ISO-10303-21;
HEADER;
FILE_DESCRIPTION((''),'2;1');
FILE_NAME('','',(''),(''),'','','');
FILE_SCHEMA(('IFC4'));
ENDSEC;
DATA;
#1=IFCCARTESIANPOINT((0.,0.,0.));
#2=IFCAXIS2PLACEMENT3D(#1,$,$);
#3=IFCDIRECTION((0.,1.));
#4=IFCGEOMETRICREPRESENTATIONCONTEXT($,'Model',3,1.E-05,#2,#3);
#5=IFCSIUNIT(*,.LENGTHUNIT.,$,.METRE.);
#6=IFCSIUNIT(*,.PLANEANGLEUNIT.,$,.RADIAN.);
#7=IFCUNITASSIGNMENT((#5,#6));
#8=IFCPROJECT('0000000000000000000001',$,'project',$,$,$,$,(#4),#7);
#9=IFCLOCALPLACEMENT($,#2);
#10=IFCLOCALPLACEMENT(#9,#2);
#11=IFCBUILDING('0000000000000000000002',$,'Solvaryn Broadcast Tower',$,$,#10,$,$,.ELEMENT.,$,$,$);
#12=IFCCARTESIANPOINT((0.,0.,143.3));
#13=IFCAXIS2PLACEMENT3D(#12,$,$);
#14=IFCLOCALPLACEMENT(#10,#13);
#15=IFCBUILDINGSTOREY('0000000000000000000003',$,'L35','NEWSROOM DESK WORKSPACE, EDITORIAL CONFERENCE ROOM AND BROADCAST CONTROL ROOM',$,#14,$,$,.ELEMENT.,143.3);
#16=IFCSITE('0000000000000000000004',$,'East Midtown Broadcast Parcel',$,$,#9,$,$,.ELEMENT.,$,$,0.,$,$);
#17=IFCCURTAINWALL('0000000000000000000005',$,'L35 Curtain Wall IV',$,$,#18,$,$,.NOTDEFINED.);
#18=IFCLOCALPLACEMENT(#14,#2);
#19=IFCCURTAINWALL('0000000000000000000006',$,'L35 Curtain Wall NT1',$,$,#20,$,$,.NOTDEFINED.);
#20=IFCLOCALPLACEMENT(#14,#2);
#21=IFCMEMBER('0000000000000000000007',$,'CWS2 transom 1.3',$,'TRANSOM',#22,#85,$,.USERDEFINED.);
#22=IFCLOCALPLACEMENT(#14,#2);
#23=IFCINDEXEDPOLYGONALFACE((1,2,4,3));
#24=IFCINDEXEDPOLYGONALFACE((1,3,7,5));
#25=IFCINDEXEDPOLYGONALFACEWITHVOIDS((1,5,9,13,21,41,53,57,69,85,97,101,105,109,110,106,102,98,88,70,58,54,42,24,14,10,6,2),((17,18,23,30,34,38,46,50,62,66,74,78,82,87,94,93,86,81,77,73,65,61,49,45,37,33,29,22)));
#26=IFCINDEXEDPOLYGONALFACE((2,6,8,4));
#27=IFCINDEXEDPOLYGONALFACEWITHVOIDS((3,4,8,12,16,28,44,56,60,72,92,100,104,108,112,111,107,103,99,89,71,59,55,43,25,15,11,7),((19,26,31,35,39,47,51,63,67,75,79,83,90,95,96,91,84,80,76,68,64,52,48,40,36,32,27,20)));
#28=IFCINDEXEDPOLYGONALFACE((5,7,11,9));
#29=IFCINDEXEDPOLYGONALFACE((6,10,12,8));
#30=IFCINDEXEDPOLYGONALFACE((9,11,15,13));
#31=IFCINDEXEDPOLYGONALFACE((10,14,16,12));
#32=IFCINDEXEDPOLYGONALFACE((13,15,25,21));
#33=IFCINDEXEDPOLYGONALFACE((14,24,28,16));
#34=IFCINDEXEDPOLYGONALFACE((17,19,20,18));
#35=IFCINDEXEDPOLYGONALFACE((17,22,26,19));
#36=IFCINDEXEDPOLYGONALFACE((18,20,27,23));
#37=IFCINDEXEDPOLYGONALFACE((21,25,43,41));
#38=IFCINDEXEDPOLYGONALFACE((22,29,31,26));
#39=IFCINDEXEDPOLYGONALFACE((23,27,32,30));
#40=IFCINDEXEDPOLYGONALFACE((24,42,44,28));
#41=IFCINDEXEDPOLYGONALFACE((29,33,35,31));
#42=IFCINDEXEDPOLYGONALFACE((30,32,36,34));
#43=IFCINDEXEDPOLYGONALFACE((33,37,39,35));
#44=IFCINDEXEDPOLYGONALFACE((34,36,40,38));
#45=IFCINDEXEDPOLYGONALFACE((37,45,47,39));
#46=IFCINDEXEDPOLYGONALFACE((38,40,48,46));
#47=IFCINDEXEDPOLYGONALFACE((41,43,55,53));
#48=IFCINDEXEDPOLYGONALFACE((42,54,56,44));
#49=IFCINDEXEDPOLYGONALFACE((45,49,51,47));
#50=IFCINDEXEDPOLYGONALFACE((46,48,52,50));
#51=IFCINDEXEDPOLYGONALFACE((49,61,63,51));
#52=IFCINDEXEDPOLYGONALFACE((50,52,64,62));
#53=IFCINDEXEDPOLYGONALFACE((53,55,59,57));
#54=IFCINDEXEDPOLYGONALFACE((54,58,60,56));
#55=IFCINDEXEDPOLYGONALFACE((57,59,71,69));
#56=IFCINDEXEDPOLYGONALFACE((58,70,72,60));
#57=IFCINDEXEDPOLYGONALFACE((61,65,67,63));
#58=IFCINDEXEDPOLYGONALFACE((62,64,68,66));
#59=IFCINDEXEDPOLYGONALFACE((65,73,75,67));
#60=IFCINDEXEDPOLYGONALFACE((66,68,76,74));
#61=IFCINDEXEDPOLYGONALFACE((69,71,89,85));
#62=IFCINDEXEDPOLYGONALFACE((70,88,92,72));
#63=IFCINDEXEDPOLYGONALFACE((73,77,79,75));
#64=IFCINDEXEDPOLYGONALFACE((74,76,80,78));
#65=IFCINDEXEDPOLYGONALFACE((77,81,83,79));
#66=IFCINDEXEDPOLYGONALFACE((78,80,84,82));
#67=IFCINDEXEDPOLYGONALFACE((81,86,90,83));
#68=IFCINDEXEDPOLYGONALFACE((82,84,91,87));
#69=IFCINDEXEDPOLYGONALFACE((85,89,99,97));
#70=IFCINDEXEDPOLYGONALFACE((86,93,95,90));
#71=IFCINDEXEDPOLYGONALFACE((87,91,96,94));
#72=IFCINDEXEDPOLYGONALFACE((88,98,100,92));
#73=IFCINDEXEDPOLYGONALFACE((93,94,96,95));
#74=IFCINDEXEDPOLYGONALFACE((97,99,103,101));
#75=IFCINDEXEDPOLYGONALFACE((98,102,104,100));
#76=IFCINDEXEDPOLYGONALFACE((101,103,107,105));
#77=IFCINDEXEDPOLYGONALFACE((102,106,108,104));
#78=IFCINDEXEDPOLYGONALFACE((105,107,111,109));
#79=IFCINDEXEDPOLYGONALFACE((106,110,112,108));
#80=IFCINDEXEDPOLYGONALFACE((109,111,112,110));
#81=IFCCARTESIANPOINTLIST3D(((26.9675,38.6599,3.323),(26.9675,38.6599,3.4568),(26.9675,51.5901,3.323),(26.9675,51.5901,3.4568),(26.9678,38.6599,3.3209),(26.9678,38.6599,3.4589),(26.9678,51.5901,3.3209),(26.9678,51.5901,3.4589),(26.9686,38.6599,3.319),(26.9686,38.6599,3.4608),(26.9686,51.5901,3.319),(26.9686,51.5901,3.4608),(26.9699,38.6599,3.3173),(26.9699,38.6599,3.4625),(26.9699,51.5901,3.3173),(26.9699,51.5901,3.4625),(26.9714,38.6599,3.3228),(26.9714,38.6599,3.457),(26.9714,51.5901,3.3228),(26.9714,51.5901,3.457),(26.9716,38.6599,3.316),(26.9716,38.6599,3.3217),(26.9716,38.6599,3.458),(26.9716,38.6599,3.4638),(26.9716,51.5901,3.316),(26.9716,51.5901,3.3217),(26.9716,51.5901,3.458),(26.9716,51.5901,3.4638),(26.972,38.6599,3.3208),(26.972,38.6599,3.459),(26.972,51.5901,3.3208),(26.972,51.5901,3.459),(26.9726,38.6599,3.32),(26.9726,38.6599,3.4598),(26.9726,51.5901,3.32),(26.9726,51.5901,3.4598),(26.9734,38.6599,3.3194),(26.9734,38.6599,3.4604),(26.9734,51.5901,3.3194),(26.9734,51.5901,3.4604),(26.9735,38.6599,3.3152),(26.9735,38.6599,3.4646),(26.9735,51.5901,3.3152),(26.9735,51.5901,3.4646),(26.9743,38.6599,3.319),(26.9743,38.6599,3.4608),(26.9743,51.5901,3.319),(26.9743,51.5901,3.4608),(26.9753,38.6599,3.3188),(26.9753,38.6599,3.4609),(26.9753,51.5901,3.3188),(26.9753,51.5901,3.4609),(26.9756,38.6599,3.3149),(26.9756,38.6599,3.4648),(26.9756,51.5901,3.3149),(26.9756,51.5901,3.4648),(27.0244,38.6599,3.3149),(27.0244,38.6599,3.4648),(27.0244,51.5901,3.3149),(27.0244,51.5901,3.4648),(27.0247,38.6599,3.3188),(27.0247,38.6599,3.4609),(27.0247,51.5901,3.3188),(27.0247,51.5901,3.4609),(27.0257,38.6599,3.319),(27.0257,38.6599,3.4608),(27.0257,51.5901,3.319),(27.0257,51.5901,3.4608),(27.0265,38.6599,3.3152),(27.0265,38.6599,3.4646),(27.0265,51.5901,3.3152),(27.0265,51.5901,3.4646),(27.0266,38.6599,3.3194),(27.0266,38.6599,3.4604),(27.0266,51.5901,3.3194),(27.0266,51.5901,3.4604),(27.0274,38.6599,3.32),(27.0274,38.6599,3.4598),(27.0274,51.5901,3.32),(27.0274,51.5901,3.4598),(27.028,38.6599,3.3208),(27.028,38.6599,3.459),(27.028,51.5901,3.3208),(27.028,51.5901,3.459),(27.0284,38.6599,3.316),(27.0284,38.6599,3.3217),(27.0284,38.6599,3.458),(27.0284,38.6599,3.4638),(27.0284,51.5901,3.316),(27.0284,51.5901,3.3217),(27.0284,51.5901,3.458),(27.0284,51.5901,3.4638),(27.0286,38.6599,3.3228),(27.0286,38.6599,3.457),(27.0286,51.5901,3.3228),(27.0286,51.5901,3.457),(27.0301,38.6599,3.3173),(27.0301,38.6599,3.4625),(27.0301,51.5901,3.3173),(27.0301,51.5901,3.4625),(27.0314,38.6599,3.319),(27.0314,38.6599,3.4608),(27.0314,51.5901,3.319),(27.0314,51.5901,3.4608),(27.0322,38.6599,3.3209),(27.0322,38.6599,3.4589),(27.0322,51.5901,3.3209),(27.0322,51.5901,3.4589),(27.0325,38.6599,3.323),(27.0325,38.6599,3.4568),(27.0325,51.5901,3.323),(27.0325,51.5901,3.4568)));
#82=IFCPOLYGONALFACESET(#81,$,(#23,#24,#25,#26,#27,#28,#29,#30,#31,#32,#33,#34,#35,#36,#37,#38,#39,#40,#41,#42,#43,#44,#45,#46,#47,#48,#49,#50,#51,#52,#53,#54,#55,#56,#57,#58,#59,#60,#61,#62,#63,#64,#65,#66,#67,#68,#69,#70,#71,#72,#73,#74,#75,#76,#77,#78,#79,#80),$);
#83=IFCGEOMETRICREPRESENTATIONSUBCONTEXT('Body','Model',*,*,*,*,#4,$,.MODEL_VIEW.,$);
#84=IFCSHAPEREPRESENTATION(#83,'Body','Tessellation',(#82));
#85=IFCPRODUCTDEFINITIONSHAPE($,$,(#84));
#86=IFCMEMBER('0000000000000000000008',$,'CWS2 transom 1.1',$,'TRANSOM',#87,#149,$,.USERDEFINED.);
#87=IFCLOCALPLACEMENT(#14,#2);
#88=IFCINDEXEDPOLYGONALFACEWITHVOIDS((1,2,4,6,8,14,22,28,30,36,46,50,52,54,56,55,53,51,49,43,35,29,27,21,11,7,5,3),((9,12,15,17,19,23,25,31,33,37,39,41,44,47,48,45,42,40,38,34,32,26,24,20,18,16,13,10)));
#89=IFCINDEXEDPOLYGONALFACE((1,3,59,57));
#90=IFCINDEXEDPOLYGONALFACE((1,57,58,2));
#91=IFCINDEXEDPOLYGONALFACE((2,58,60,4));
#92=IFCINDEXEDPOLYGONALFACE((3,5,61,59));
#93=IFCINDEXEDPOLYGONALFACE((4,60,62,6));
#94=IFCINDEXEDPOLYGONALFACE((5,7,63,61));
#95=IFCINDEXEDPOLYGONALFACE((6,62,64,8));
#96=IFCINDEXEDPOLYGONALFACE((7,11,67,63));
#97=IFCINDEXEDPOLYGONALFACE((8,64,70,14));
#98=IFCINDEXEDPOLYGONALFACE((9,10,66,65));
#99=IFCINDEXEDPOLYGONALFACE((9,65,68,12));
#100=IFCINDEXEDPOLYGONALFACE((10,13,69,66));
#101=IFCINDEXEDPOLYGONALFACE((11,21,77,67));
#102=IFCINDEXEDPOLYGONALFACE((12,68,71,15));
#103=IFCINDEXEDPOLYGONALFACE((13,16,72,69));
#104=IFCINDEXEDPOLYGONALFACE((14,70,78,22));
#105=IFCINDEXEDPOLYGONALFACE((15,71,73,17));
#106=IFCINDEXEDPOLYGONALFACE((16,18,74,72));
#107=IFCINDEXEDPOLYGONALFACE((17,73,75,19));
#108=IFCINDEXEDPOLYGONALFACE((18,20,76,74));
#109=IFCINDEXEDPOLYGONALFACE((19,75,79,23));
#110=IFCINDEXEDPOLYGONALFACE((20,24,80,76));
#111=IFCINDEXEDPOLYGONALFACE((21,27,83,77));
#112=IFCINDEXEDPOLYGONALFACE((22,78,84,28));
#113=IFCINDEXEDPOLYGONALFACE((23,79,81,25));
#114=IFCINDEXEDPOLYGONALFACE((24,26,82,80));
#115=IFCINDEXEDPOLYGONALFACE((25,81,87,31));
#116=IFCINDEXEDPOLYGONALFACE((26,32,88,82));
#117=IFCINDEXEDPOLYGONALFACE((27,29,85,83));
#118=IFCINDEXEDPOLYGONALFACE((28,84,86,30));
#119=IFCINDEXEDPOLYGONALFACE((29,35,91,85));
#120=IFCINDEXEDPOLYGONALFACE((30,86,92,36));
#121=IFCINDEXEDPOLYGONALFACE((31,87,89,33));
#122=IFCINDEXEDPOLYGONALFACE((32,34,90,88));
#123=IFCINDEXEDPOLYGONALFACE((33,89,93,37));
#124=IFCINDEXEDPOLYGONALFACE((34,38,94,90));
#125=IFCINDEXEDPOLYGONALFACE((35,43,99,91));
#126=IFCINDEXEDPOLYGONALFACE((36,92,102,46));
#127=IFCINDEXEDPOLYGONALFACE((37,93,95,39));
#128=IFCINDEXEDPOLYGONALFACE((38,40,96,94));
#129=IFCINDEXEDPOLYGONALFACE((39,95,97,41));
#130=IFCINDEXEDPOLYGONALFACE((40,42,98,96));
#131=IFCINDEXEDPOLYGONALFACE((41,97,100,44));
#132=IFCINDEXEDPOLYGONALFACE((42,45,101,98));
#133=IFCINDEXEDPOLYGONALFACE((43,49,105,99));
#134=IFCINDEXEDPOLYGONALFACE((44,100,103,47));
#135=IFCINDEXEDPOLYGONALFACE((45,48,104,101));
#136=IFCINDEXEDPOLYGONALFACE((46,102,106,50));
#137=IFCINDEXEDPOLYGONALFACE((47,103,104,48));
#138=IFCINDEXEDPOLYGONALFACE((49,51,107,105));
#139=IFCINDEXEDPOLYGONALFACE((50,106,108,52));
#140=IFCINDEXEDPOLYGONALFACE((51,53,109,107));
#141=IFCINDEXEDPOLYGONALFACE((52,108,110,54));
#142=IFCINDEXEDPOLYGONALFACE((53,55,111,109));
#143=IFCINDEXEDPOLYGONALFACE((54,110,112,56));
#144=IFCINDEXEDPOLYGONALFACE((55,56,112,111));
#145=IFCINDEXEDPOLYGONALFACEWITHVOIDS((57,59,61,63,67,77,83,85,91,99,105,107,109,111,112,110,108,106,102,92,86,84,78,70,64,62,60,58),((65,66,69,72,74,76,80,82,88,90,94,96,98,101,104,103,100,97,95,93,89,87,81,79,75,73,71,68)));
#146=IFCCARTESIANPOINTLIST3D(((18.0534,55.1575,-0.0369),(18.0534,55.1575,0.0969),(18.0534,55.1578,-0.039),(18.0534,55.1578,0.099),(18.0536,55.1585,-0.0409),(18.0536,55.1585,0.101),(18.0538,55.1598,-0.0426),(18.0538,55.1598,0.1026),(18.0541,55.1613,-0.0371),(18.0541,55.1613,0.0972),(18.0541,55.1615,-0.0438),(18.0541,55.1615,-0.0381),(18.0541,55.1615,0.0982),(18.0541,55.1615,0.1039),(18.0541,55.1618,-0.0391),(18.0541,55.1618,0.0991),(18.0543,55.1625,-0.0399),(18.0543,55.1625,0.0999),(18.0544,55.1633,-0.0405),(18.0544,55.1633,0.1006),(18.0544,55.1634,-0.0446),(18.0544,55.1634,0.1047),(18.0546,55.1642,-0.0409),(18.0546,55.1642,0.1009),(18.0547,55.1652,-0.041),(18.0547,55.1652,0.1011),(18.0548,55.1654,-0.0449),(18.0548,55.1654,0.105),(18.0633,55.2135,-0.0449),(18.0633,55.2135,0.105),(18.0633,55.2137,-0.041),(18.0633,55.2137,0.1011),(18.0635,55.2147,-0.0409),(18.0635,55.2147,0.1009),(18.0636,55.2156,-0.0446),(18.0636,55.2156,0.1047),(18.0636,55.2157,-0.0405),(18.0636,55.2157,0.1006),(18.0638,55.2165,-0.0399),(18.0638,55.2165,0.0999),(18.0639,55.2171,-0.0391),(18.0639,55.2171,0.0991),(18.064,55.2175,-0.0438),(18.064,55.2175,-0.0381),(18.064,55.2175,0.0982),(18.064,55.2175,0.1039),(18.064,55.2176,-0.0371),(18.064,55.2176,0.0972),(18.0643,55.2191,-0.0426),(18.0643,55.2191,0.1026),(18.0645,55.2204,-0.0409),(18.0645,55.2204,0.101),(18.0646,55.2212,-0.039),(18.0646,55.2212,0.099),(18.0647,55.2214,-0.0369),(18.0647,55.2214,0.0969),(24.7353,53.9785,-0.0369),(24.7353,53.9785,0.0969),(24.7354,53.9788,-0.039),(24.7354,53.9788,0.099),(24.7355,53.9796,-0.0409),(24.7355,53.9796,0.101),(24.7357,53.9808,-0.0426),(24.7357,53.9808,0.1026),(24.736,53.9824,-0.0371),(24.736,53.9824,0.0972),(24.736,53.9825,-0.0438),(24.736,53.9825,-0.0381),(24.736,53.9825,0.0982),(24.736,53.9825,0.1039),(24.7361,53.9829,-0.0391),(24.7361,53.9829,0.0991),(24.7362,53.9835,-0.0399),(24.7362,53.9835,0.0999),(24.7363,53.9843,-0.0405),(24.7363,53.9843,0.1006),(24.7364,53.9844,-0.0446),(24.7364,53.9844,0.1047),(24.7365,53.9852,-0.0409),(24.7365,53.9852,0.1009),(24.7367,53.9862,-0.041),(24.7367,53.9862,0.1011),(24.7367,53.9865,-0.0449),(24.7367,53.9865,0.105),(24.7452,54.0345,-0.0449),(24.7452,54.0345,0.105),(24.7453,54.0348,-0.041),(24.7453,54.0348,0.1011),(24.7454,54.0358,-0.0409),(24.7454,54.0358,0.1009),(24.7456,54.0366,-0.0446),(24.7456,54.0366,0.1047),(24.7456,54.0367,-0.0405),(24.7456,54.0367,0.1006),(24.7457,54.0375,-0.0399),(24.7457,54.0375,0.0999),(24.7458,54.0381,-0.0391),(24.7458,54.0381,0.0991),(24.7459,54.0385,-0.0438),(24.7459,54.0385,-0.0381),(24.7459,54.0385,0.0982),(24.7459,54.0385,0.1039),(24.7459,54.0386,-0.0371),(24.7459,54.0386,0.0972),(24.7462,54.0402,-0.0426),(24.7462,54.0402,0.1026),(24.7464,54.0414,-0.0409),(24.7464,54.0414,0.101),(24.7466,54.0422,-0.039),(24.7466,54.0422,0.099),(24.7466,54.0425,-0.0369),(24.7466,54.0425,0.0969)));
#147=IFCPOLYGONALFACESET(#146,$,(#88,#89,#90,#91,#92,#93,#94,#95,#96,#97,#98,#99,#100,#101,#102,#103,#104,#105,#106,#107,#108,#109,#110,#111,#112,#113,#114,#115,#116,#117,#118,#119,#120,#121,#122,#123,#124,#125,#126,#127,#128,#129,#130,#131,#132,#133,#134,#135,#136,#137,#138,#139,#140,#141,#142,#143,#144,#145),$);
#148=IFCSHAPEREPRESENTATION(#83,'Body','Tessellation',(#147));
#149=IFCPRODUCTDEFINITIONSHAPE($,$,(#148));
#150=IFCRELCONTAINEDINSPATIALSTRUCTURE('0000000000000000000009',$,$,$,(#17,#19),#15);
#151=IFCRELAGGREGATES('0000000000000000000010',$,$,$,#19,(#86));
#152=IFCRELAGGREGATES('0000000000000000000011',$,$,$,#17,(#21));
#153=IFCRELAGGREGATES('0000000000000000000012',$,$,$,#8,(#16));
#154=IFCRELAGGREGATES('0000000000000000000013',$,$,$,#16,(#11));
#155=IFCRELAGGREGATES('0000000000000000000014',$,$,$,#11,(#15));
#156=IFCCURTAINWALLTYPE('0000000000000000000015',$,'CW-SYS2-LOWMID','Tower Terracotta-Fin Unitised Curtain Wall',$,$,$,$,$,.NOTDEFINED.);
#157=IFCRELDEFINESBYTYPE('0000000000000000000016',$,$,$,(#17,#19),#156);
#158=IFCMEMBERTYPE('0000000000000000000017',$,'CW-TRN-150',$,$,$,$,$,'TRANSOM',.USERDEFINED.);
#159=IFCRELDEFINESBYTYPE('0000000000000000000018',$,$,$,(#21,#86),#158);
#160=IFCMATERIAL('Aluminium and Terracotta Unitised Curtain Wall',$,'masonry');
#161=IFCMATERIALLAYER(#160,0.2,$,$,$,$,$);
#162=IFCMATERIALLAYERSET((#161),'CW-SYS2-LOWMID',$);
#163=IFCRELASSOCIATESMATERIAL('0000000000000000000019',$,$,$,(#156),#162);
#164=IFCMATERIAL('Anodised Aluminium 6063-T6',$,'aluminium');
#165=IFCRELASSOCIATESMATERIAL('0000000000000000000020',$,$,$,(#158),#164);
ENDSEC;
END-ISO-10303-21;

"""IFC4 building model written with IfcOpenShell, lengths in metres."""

from ifc_helpers import new_model, si_unit, direction, frame, origin, origin_2d, place, context, subcontext, project, spatial, hollow_rectangle, extrude, material, layer, layer_set, material_profile, profile_set, type_object, element, aggregate, save


model = new_model("IFC4")

# Units and contexts
model_context = context("Model", 3, precision=1e-05, world=origin(), true_north=direction((0.0, 1.0)))
body_context = subcontext(model_context, "Body", "Model", "MODEL_VIEW")
ifc_project = project(units=[si_unit("LENGTHUNIT", "METRE"), si_unit("PLANEANGLEUNIT", "RADIAN")], contexts=[model_context])

# Site, building, storey
site_placement = place(None, origin())
site = spatial("IfcSite", under=ifc_project, at=site_placement, Name="East Midtown Broadcast Parcel", CompositionType="ELEMENT", RefElevation=0.0)
building_placement = place(site_placement, origin())
building = spatial("IfcBuilding", under=site, at=building_placement, Name="Solvaryn Broadcast Tower", CompositionType="ELEMENT")
storey_placement = place(building_placement, frame((0.0, 0.0, 143.3)))
storey = spatial("IfcBuildingStorey", under=building, at=storey_placement, Name="L35", Description="NEWSROOM DESK WORKSPACE, EDITORIAL CONFERENCE ROOM AND BROADCAST CONTROL ROOM", CompositionType="ELEMENT", Elevation=143.3)

# Curtain wall
ifc_material_1 = material(Name="Aluminium and Terracotta Unitised Curtain Wall", Category="masonry")
ifc_layer_1 = layer(ifc_material_1, 0.2)
ifc_layer_set_1 = layer_set([ifc_layer_1], Name="CW-SYS2-LOWMID")
curtain_wall_type = type_object("IfcCurtainWallType", Name="CW-SYS2-LOWMID", Description="Tower Terracotta-Fin Unitised Curtain Wall", PredefinedType="NOTDEFINED", material=ifc_layer_set_1)
curtain_wall_1_placement = place(storey_placement, origin())
curtain_wall_1 = element("IfcCurtainWall", 1, at=curtain_wall_1_placement, inside=storey, type_object=curtain_wall_type, Name="L35 Curtain Wall IV", PredefinedType="NOTDEFINED")

# Curtain wall
curtain_wall_2_placement = place(storey_placement, origin())
curtain_wall_2 = element("IfcCurtainWall", 2, at=curtain_wall_2_placement, inside=storey, type_object=curtain_wall_type, Name="L35 Curtain Wall NT1", PredefinedType="NOTDEFINED")

# Members
ifc_material_2 = material(Name="Anodised Aluminium 6063-T6", Category="aluminium")
ifc_material_profile_1 = material_profile(ifc_material_2, hollow_rectangle(XDim=0.0649, YDim=0.1499, WallThickness=0.0039, InnerFilletRadius=0.0039, OuterFilletRadius=0.0081, at=origin_2d()))
ifc_profile_set_1 = profile_set([ifc_material_profile_1], Name="Anodised Aluminium 6063-T6")
member_type_1 = type_object("IfcMemberType", Name="CW-TRN-150", ElementType="TRANSOM", PredefinedType="USERDEFINED", material=ifc_profile_set_1)
member_1_placement = place(storey_placement, frame((27.0, 51.5901, 3.3899), z_axis=(0.0, -1.0, 0.0), x_axis=(1.0, 0.0, 0.0)))
member_1 = element("IfcMember", 3, at=member_1_placement, type_object=member_type_1, Name="CWS2 transom 1.3", ObjectType="TRANSOM", PredefinedType="USERDEFINED", context=body_context, shape_type="SweptSolid", body=[
    extrude(hollow_rectangle(XDim=0.0649, YDim=0.1499, WallThickness=0.0039, InnerFilletRadius=0.0039, OuterFilletRadius=0.0081, at=origin_2d()), origin(), (0.0, 0.0, 1.0), 12.9302),
])
member_2_placement = place(storey_placement, frame((24.741, 54.0105, 0.03), z_axis=(-0.984789, 0.173757, 0.0), x_axis=(-0.173757, -0.984789, 0.0)))
member_2 = element("IfcMember", 4, at=member_2_placement, type_object=member_type_1, Name="CWS2 transom 1.1", ObjectType="TRANSOM", PredefinedType="USERDEFINED", context=body_context, shape_type="SweptSolid", body=[
    extrude(hollow_rectangle(XDim=0.0649, YDim=0.1499, WallThickness=0.0039, InnerFilletRadius=0.0039, OuterFilletRadius=0.0081, at=origin_2d()), origin(), (0.0, 0.0, 1.0), 6.7852),
])
aggregate(curtain_wall_2, [member_2])

aggregate(curtain_wall_1, [member_1])

save(model, "model.ifc")
